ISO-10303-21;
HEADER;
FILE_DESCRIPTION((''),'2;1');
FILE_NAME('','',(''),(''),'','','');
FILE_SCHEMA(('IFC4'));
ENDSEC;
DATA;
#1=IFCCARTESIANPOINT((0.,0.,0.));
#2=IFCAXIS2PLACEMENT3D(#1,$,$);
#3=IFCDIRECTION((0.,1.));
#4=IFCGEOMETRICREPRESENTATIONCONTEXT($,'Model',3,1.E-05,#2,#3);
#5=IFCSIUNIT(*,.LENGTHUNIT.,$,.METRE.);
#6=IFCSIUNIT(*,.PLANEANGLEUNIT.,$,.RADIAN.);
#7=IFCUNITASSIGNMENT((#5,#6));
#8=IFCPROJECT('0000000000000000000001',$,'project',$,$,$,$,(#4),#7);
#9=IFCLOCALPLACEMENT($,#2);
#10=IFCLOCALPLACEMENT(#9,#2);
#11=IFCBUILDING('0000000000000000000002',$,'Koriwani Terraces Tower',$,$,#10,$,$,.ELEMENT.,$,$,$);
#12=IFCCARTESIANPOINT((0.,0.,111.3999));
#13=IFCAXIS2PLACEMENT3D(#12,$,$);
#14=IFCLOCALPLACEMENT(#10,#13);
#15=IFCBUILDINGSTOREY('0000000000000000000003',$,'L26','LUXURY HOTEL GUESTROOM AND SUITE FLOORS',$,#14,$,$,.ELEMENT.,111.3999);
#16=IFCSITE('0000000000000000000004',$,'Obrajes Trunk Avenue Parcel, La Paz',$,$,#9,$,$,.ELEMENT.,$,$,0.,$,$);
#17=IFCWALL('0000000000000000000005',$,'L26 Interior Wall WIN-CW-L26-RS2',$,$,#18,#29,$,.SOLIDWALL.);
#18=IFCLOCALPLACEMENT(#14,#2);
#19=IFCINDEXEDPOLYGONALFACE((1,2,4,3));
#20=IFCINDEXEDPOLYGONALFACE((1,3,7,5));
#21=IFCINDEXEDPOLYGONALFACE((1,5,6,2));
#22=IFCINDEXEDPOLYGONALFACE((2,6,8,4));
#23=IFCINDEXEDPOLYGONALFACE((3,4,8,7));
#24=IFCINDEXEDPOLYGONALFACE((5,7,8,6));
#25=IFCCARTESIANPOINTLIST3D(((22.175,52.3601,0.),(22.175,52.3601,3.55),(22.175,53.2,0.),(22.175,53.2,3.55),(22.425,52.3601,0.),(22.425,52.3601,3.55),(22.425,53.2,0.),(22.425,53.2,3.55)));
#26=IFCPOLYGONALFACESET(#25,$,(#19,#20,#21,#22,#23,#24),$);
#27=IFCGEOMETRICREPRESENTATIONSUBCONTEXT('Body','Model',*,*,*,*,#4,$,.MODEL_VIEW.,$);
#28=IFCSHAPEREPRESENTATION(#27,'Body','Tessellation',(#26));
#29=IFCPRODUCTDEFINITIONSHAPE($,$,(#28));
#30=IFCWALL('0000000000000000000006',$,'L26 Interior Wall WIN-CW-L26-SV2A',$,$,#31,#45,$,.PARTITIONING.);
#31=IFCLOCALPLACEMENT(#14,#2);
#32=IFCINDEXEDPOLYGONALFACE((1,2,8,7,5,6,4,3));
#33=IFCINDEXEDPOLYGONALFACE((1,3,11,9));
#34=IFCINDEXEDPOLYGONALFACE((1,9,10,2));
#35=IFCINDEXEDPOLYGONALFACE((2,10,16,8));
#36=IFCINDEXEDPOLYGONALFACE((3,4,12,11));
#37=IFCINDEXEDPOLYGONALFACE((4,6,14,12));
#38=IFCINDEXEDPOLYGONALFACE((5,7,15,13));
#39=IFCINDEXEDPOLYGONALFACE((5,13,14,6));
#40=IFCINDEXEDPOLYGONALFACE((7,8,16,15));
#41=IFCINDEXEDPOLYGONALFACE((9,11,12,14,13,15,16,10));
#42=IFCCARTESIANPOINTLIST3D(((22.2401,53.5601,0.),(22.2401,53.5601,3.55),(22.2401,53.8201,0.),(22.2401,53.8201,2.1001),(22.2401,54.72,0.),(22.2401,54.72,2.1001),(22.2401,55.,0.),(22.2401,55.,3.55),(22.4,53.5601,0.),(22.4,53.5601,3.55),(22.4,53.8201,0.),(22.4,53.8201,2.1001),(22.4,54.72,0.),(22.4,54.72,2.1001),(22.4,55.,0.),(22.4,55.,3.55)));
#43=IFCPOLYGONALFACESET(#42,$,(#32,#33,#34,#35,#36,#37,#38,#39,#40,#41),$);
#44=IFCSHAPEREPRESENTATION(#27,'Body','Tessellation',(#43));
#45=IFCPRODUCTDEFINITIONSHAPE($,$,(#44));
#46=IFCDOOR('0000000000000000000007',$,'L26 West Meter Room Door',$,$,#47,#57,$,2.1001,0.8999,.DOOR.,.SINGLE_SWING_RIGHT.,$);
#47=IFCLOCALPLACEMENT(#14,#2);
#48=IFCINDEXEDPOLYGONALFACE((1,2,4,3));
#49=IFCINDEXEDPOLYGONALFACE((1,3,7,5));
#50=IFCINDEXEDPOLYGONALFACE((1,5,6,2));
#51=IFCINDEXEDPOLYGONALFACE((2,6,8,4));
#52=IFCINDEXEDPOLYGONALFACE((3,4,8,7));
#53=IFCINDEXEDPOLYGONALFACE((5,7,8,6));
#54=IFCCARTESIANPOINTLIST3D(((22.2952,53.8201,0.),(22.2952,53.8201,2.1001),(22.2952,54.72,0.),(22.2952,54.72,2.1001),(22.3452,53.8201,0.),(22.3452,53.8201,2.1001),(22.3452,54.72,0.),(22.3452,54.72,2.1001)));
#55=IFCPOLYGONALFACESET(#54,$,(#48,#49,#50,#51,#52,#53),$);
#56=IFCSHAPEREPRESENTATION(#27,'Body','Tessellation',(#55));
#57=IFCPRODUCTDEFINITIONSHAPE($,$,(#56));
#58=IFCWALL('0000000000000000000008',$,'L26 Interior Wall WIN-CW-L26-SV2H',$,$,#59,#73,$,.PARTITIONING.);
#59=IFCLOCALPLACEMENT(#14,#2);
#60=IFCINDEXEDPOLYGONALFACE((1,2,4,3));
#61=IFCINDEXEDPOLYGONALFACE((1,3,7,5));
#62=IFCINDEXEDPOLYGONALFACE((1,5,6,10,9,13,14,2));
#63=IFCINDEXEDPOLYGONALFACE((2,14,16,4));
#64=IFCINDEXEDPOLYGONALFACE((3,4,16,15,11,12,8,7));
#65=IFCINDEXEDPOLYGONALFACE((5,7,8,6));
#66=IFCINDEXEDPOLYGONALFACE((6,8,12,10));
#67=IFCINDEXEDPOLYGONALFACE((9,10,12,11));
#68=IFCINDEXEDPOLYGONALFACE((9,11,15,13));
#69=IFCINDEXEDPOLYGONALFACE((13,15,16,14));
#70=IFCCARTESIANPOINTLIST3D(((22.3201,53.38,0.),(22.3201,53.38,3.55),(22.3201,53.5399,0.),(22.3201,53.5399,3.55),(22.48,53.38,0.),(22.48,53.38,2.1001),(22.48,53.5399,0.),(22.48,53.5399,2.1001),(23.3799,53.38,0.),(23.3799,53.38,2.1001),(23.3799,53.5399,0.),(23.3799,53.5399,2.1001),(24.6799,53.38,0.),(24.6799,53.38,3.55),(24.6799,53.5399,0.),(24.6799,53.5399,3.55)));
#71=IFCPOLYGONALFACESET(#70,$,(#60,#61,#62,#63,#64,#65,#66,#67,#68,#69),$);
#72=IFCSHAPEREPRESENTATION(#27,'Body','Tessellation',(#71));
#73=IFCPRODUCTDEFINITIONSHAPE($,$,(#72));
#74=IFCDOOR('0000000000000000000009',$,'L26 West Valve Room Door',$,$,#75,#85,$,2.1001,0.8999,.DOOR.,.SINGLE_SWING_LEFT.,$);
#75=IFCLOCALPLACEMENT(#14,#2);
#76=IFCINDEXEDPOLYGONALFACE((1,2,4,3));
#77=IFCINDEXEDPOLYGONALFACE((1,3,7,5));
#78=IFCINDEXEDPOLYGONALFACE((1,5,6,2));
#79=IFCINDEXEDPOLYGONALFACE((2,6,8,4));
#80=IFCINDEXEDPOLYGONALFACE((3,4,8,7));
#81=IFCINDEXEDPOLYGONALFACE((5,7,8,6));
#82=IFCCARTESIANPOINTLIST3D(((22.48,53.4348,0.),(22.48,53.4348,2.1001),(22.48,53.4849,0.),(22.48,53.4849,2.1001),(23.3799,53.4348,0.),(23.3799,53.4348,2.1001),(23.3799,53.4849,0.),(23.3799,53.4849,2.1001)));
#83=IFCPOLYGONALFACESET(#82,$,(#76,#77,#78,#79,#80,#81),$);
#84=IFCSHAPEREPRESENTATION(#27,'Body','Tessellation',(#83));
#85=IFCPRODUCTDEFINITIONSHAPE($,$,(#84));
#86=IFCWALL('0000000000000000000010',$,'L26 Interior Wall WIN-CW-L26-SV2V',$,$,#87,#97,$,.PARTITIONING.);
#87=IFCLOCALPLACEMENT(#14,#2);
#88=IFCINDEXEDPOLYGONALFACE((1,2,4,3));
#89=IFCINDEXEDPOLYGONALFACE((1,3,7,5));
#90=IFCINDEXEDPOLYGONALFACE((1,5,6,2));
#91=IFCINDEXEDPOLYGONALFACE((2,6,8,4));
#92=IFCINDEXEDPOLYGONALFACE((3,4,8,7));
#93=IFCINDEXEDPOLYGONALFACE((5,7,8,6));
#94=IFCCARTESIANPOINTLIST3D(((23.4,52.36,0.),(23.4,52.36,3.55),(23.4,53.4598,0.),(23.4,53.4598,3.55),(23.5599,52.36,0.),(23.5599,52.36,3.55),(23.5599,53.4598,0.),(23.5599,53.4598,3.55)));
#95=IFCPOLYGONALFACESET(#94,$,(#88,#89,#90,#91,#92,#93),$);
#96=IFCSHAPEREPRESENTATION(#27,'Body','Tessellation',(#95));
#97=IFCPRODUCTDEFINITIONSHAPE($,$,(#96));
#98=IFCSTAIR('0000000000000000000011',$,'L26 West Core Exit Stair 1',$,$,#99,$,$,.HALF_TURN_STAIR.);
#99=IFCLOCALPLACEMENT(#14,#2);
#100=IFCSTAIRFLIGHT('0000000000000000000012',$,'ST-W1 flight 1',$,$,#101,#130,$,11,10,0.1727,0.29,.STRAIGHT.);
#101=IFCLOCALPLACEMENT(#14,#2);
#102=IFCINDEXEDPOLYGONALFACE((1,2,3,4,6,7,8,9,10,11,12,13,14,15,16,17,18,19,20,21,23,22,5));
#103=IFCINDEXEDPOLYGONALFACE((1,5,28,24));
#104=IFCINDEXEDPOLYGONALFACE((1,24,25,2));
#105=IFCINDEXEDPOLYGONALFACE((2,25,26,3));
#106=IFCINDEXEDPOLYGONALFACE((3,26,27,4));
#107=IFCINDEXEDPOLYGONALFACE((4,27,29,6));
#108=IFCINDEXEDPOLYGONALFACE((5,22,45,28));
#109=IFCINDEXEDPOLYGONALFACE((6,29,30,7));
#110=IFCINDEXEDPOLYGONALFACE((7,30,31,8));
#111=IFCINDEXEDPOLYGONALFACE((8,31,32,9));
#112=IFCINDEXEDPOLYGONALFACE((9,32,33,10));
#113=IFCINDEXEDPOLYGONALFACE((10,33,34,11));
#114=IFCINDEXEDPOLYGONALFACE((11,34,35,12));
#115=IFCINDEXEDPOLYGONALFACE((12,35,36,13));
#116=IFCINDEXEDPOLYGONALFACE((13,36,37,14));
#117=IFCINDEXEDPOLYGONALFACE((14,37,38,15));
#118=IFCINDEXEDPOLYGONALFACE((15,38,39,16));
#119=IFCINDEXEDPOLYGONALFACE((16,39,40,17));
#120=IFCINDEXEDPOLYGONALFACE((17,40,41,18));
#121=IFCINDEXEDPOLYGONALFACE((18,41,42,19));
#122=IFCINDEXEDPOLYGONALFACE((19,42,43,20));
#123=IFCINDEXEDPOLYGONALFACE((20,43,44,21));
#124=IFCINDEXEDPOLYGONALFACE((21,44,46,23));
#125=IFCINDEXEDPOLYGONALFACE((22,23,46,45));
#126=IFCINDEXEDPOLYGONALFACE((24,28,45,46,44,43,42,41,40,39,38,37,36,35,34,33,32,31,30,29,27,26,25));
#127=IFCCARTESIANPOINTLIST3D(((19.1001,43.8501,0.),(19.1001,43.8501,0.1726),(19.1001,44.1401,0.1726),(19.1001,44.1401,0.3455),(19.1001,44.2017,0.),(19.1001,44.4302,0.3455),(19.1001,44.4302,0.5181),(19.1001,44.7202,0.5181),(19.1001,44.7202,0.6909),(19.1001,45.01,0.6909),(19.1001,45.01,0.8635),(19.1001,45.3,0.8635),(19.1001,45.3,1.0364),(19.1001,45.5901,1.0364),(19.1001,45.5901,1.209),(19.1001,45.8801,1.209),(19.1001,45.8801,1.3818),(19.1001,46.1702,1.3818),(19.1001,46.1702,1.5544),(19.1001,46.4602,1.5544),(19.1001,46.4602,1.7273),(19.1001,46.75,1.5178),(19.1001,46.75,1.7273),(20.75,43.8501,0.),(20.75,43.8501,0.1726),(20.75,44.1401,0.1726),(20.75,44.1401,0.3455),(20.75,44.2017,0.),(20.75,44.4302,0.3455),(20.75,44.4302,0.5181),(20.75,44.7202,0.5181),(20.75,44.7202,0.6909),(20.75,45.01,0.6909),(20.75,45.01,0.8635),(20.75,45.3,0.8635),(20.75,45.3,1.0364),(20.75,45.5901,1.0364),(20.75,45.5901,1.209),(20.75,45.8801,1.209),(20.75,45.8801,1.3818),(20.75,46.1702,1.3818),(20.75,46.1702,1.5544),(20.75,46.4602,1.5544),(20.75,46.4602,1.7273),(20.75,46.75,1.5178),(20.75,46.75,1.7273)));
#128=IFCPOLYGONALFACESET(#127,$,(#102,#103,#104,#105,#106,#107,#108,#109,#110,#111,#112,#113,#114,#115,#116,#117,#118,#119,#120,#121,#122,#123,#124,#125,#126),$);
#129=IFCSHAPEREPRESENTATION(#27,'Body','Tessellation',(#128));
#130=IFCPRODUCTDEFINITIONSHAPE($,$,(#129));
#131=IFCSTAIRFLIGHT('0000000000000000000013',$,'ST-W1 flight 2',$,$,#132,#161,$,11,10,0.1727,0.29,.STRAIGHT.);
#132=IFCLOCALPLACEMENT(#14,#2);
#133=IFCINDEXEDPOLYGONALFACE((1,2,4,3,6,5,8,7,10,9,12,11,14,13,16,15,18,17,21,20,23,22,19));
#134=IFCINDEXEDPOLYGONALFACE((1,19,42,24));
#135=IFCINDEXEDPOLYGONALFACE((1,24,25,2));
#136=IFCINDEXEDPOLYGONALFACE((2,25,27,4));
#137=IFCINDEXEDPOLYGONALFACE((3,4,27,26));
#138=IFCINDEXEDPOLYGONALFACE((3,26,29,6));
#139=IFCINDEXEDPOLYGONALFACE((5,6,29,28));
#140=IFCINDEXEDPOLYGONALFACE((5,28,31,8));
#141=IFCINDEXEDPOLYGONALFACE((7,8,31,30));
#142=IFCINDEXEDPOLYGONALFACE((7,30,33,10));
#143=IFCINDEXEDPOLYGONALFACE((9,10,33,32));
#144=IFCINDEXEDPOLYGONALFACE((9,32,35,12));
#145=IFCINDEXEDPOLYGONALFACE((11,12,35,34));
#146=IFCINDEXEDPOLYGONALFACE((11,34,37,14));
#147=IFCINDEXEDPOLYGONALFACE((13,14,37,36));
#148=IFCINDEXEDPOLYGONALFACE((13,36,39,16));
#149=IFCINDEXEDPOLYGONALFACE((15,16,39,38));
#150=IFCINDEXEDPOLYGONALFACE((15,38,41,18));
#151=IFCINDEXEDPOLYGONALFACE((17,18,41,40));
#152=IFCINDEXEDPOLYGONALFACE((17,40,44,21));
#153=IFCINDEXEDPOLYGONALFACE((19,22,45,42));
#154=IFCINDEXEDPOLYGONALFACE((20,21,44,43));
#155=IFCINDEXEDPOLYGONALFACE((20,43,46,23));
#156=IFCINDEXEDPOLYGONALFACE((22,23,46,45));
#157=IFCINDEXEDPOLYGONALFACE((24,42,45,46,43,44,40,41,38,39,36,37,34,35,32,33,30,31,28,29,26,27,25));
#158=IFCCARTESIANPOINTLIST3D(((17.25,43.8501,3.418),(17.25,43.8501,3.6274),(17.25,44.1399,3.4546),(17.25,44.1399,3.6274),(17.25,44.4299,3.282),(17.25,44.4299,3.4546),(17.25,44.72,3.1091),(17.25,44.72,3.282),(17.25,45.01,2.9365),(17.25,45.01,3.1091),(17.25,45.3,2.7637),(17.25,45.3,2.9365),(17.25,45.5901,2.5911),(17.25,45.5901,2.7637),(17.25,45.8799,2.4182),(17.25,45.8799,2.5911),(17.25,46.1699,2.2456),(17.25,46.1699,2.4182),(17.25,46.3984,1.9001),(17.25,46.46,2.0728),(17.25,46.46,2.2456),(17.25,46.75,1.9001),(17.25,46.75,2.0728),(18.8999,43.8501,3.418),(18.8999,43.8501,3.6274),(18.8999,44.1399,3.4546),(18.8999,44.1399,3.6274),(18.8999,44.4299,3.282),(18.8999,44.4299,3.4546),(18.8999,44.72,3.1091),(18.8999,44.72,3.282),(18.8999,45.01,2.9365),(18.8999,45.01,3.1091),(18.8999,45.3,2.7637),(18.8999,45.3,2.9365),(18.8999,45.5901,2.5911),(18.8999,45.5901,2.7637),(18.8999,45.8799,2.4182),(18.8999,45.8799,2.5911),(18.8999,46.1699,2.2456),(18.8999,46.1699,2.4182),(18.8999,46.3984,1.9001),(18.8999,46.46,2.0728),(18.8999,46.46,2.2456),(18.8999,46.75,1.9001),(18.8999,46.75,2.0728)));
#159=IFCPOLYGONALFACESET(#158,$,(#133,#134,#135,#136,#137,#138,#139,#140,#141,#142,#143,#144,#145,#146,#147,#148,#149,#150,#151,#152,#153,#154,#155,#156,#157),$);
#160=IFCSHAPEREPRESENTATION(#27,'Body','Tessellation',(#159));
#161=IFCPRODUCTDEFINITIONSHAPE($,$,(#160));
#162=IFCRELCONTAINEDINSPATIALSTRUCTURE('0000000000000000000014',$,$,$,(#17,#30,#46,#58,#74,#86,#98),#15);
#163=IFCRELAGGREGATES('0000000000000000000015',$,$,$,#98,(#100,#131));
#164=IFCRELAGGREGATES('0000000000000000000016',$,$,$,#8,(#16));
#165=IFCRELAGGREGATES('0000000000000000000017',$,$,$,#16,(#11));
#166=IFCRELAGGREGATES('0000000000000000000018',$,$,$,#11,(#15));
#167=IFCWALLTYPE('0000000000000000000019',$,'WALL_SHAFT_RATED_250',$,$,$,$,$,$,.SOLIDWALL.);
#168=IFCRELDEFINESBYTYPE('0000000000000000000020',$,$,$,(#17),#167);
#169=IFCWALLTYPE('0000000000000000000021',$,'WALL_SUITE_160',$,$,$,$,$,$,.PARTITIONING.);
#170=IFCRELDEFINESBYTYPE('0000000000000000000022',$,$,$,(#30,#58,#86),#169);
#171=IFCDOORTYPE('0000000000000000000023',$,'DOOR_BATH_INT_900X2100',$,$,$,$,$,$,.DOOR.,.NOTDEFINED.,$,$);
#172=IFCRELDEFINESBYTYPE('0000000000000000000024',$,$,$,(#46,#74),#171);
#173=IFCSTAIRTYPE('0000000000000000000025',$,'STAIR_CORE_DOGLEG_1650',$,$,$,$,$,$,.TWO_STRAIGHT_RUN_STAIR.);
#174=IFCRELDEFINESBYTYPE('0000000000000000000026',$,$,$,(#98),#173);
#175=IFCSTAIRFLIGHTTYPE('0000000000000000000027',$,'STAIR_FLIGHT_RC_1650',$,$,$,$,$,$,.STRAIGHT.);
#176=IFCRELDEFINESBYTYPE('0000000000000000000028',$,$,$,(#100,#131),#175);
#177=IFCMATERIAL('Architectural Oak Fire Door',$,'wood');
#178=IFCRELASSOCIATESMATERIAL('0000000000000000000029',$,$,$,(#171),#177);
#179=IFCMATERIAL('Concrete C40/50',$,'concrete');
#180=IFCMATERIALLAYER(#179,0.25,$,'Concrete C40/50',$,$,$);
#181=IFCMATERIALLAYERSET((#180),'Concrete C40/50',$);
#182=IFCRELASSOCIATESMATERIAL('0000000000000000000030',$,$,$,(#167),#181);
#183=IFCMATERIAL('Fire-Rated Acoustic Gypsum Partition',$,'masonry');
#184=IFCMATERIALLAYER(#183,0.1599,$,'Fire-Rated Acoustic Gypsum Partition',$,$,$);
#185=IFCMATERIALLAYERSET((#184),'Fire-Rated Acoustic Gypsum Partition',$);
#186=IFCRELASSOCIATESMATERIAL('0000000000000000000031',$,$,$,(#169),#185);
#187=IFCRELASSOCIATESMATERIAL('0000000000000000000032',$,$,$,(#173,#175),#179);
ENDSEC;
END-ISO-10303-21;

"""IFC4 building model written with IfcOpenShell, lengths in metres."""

from ifc_helpers import new_model, si_unit, direction, frame, frame_2d, origin, place, context, subcontext, project, spatial, polyline, rectangle, outline, extrude, material, layer, layer_set, type_object, element, fill, aggregate, save


model = new_model("IFC4")

# Units and contexts
model_context = context("Model", 3, precision=1e-05, world=origin(), true_north=direction((0.0, 1.0)))
body_context = subcontext(model_context, "Body", "Model", "MODEL_VIEW")
ifc_project = project(units=[si_unit("LENGTHUNIT", "METRE"), si_unit("PLANEANGLEUNIT", "RADIAN")], contexts=[model_context])

# Site, building, storey
site_placement = place(None, origin())
site = spatial("IfcSite", under=ifc_project, at=site_placement, Name="Obrajes Trunk Avenue Parcel, La Paz", CompositionType="ELEMENT", RefElevation=0.0)
building_placement = place(site_placement, origin())
building = spatial("IfcBuilding", under=site, at=building_placement, Name="Koriwani Terraces Tower", CompositionType="ELEMENT")
storey_placement = place(building_placement, frame((0.0, 0.0, 111.3999)))
storey = spatial("IfcBuildingStorey", under=building, at=storey_placement, Name="L26", Description="LUXURY HOTEL GUESTROOM AND SUITE FLOORS", CompositionType="ELEMENT", Elevation=111.3999)

# Shared definitions
ifc_material_1 = material(Name="Fire-Rated Acoustic Gypsum Partition", Category="masonry")
ifc_material_2 = material(Name="Architectural Oak Fire Door", Category="wood")
door_type_1 = type_object("IfcDoorType", Name="DOOR_BATH_INT_900X2100", OperationType="NOTDEFINED", PredefinedType="DOOR", material=ifc_material_2)

# Shared definitions
ifc_material_3 = material(Name="Concrete C40/50", Category="concrete")
ifc_layer_1 = layer(ifc_material_3, 0.25, Name="Concrete C40/50")
ifc_layer_set_1 = layer_set([ifc_layer_1], Name="Concrete C40/50")
wall_type_1 = type_object("IfcWallType", Name="WALL_SHAFT_RATED_250", PredefinedType="SOLIDWALL", material=ifc_layer_set_1)

# Wall
wall_1_placement = place(storey_placement, frame((22.3, 52.3601, 0.0), z_axis=(0.0, 0.0, 1.0), x_axis=(0.0, 1.0, 0.0)))
element("IfcWall", 1, at=wall_1_placement, inside=storey, type_object=wall_type_1, Name="L26 Interior Wall WIN-CW-L26-RS2", PredefinedType="SOLIDWALL", context=body_context, shape_type="SweptSolid", body=[
    extrude(rectangle(XDim=0.8398, YDim=0.25, at=frame_2d((0.4199, 0.0))), origin(), (0.0, 0.0, 1.0), 3.55),
])

# Walls, openings, doors
ifc_layer_2 = layer(ifc_material_1, 0.1599, Name="Fire-Rated Acoustic Gypsum Partition")
ifc_layer_set_2 = layer_set([ifc_layer_2], Name="Fire-Rated Acoustic Gypsum Partition")
wall_type_2 = type_object("IfcWallType", Name="WALL_SUITE_160", PredefinedType="PARTITIONING", material=ifc_layer_set_2)
wall_2_placement = place(storey_placement, frame((22.3201, 53.5601, 0.0), z_axis=(0.0, 0.0, 1.0), x_axis=(0.0, 1.0, 0.0)))
wall_2 = element("IfcWall", 2, at=wall_2_placement, inside=storey, type_object=wall_type_2, Name="L26 Interior Wall WIN-CW-L26-SV2A", PredefinedType="PARTITIONING", context=body_context, shape_type="SweptSolid", body=[
    extrude(rectangle(XDim=1.4399, YDim=0.1599, at=frame_2d((0.72, 0.0))), origin(), (0.0, 0.0, 1.0), 3.55),
])
opening_1_placement = place(wall_2_placement, frame((0.26, 0.0, 0.0)))
opening_1 = element("IfcOpeningElement", 3, at=opening_1_placement, cuts=wall_2, PredefinedType="OPENING", context=body_context, shape_type="SweptSolid", body=[
    extrude(rectangle(XDim=0.8999, YDim=2.1001, at=frame_2d((0.45, 1.05))), frame((0.0, 0.0898, 0.0), z_axis=(0.0, -1.0, 0.0), x_axis=(1.0, 0.0, 0.0)), (0.0, 0.0, 1.0), 0.1799),
])
door_1_placement = place(opening_1_placement, origin())
door_1 = element("IfcDoor", 4, at=door_1_placement, inside=storey, type_object=door_type_1, Name="L26 West Meter Room Door", OperationType="SINGLE_SWING_RIGHT", OverallHeight=2.1001, OverallWidth=0.8999, PredefinedType="DOOR", context=body_context, shape_type="SweptSolid", body=[
    extrude(rectangle(XDim=0.8999, YDim=2.1001, at=frame_2d((0.45, 1.05))), frame((0.0, 0.0249, 0.0), z_axis=(0.0, -1.0, 0.0), x_axis=(1.0, 0.0, 0.0)), (0.0, 0.0, 1.0), 0.05),
])
fill(opening_1, door_1)
wall_3_placement = place(storey_placement, frame((22.3201, 53.46, 0.0), z_axis=(0.0, 0.0, 1.0), x_axis=(1.0, 0.0, 0.0)))
wall_3 = element("IfcWall", 5, at=wall_3_placement, inside=storey, type_object=wall_type_2, Name="L26 Interior Wall WIN-CW-L26-SV2H", PredefinedType="PARTITIONING", context=body_context, shape_type="SweptSolid", body=[
    extrude(rectangle(XDim=2.3599, YDim=0.1599, at=frame_2d((1.1799, 0.0))), origin(), (0.0, 0.0, 1.0), 3.55),
])
opening_2_placement = place(wall_3_placement, frame((0.1599, 0.0, 0.0)))
opening_2 = element("IfcOpeningElement", 6, at=opening_2_placement, cuts=wall_3, PredefinedType="OPENING", context=body_context, shape_type="SweptSolid", body=[
    extrude(rectangle(XDim=0.8999, YDim=2.1001, at=frame_2d((0.45, 1.05))), frame((0.0, 0.0898, 0.0), z_axis=(0.0, -1.0, 0.0), x_axis=(1.0, 0.0, 0.0)), (0.0, 0.0, 1.0), 0.1799),
])
door_2_placement = place(opening_2_placement, origin())
door_2 = element("IfcDoor", 7, at=door_2_placement, inside=storey, type_object=door_type_1, Name="L26 West Valve Room Door", OperationType="SINGLE_SWING_LEFT", OverallHeight=2.1001, OverallWidth=0.8999, PredefinedType="DOOR", context=body_context, shape_type="SweptSolid", body=[
    extrude(rectangle(XDim=0.8999, YDim=2.1001, at=frame_2d((0.45, 1.05))), frame((0.0, 0.0249, 0.0), z_axis=(0.0, -1.0, 0.0), x_axis=(1.0, 0.0, 0.0)), (0.0, 0.0, 1.0), 0.05),
])
fill(opening_2, door_2)

# Wall
wall_4_placement = place(storey_placement, frame((23.48, 52.3601, 0.0), z_axis=(0.0, 0.0, 1.0), x_axis=(0.0, 1.0, 0.0)))
element("IfcWall", 8, at=wall_4_placement, inside=storey, type_object=wall_type_2, Name="L26 Interior Wall WIN-CW-L26-SV2V", PredefinedType="PARTITIONING", context=body_context, shape_type="SweptSolid", body=[
    extrude(rectangle(XDim=1.0999, YDim=0.1599, at=frame_2d((0.5498, 0.0))), origin(), (0.0, 0.0, 1.0), 3.55),
])

# Stair, stair flights
stair_type = type_object("IfcStairType", Name="STAIR_CORE_DOGLEG_1650", PredefinedType="TWO_STRAIGHT_RUN_STAIR", material=ifc_material_3)
stair_1_placement = place(storey_placement, origin())
stair_1 = element("IfcStair", 9, at=stair_1_placement, inside=storey, type_object=stair_type, Name="L26 West Core Exit Stair 1", PredefinedType="HALF_TURN_STAIR")
stair_flight_type = type_object("IfcStairFlightType", Name="STAIR_FLIGHT_RC_1650", PredefinedType="STRAIGHT", material=ifc_material_3)
stair_flight_1_placement = place(storey_placement, frame((19.925, 43.8501, 0.0), z_axis=(0.0, 0.0, 1.0), x_axis=(0.0, 1.0, 0.0)))
stair_flight_1 = element("IfcStairFlight", 10, at=stair_flight_1_placement, type_object=stair_flight_type, Name="ST-W1 flight 1", NumberOfRisers=11, NumberOfTreads=10, PredefinedType="STRAIGHT", RiserHeight=0.1727, TreadLength=0.29, context=body_context, shape_type="SweptSolid", body=[
    extrude(outline(polyline([(0.0, 0.0), (0.0, 0.1726), (0.29, 0.1726), (0.29, 0.3455), (0.5801, 0.3455), (0.5801, 0.5181), (0.8701, 0.5181), (0.8701, 0.6909), (1.1599, 0.6909), (1.1599, 0.8635), (1.45, 0.8635), (1.45, 1.0364), (1.74, 1.0364), (1.74, 1.209), (2.03, 1.209), (2.03, 1.3818), (2.3201, 1.3818), (2.3201, 1.5544), (2.6101, 1.5544), (2.6101, 1.7273), (2.8999, 1.7273), (2.8999, 1.8999), (2.8999, 1.5178), (0.3516, 0.0), (0.0, 0.0)])), frame((0.0, 0.825, 0.0), z_axis=(0.0, -1.0, 0.0), x_axis=(1.0, 0.0, 0.0)), (0.0, 0.0, 1.0), 1.6499),
])
stair_flight_2_placement = place(storey_placement, frame((18.075, 46.75, 1.9001), z_axis=(0.0, 0.0, 1.0), x_axis=(0.0, -1.0, 0.0)))
stair_flight_2 = element("IfcStairFlight", 11, at=stair_flight_2_placement, type_object=stair_flight_type, Name="ST-W1 flight 2", NumberOfRisers=11, NumberOfTreads=10, PredefinedType="STRAIGHT", RiserHeight=0.1727, TreadLength=0.29, context=body_context, shape_type="SweptSolid", body=[
    extrude(outline(polyline([(0.0, 0.0), (0.0, 0.1726), (0.29, 0.1726), (0.29, 0.3455), (0.5801, 0.3455), (0.5801, 0.5181), (0.8701, 0.5181), (0.8701, 0.6909), (1.1599, 0.6909), (1.1599, 0.8635), (1.45, 0.8635), (1.45, 1.0364), (1.74, 1.0364), (1.74, 1.209), (2.03, 1.209), (2.03, 1.3818), (2.3201, 1.3818), (2.3201, 1.5544), (2.6101, 1.5544), (2.6101, 1.7273), (2.8999, 1.7273), (2.8999, 1.8999), (2.8999, 1.5178), (0.3516, 0.0), (0.0, 0.0)])), frame((0.0, 0.825, 0.0), z_axis=(0.0, -1.0, 0.0), x_axis=(1.0, 0.0, 0.0)), (0.0, 0.0, 1.0), 1.6499),
])
aggregate(stair_1, [stair_flight_1, stair_flight_2])

save(model, "model.ifc")
